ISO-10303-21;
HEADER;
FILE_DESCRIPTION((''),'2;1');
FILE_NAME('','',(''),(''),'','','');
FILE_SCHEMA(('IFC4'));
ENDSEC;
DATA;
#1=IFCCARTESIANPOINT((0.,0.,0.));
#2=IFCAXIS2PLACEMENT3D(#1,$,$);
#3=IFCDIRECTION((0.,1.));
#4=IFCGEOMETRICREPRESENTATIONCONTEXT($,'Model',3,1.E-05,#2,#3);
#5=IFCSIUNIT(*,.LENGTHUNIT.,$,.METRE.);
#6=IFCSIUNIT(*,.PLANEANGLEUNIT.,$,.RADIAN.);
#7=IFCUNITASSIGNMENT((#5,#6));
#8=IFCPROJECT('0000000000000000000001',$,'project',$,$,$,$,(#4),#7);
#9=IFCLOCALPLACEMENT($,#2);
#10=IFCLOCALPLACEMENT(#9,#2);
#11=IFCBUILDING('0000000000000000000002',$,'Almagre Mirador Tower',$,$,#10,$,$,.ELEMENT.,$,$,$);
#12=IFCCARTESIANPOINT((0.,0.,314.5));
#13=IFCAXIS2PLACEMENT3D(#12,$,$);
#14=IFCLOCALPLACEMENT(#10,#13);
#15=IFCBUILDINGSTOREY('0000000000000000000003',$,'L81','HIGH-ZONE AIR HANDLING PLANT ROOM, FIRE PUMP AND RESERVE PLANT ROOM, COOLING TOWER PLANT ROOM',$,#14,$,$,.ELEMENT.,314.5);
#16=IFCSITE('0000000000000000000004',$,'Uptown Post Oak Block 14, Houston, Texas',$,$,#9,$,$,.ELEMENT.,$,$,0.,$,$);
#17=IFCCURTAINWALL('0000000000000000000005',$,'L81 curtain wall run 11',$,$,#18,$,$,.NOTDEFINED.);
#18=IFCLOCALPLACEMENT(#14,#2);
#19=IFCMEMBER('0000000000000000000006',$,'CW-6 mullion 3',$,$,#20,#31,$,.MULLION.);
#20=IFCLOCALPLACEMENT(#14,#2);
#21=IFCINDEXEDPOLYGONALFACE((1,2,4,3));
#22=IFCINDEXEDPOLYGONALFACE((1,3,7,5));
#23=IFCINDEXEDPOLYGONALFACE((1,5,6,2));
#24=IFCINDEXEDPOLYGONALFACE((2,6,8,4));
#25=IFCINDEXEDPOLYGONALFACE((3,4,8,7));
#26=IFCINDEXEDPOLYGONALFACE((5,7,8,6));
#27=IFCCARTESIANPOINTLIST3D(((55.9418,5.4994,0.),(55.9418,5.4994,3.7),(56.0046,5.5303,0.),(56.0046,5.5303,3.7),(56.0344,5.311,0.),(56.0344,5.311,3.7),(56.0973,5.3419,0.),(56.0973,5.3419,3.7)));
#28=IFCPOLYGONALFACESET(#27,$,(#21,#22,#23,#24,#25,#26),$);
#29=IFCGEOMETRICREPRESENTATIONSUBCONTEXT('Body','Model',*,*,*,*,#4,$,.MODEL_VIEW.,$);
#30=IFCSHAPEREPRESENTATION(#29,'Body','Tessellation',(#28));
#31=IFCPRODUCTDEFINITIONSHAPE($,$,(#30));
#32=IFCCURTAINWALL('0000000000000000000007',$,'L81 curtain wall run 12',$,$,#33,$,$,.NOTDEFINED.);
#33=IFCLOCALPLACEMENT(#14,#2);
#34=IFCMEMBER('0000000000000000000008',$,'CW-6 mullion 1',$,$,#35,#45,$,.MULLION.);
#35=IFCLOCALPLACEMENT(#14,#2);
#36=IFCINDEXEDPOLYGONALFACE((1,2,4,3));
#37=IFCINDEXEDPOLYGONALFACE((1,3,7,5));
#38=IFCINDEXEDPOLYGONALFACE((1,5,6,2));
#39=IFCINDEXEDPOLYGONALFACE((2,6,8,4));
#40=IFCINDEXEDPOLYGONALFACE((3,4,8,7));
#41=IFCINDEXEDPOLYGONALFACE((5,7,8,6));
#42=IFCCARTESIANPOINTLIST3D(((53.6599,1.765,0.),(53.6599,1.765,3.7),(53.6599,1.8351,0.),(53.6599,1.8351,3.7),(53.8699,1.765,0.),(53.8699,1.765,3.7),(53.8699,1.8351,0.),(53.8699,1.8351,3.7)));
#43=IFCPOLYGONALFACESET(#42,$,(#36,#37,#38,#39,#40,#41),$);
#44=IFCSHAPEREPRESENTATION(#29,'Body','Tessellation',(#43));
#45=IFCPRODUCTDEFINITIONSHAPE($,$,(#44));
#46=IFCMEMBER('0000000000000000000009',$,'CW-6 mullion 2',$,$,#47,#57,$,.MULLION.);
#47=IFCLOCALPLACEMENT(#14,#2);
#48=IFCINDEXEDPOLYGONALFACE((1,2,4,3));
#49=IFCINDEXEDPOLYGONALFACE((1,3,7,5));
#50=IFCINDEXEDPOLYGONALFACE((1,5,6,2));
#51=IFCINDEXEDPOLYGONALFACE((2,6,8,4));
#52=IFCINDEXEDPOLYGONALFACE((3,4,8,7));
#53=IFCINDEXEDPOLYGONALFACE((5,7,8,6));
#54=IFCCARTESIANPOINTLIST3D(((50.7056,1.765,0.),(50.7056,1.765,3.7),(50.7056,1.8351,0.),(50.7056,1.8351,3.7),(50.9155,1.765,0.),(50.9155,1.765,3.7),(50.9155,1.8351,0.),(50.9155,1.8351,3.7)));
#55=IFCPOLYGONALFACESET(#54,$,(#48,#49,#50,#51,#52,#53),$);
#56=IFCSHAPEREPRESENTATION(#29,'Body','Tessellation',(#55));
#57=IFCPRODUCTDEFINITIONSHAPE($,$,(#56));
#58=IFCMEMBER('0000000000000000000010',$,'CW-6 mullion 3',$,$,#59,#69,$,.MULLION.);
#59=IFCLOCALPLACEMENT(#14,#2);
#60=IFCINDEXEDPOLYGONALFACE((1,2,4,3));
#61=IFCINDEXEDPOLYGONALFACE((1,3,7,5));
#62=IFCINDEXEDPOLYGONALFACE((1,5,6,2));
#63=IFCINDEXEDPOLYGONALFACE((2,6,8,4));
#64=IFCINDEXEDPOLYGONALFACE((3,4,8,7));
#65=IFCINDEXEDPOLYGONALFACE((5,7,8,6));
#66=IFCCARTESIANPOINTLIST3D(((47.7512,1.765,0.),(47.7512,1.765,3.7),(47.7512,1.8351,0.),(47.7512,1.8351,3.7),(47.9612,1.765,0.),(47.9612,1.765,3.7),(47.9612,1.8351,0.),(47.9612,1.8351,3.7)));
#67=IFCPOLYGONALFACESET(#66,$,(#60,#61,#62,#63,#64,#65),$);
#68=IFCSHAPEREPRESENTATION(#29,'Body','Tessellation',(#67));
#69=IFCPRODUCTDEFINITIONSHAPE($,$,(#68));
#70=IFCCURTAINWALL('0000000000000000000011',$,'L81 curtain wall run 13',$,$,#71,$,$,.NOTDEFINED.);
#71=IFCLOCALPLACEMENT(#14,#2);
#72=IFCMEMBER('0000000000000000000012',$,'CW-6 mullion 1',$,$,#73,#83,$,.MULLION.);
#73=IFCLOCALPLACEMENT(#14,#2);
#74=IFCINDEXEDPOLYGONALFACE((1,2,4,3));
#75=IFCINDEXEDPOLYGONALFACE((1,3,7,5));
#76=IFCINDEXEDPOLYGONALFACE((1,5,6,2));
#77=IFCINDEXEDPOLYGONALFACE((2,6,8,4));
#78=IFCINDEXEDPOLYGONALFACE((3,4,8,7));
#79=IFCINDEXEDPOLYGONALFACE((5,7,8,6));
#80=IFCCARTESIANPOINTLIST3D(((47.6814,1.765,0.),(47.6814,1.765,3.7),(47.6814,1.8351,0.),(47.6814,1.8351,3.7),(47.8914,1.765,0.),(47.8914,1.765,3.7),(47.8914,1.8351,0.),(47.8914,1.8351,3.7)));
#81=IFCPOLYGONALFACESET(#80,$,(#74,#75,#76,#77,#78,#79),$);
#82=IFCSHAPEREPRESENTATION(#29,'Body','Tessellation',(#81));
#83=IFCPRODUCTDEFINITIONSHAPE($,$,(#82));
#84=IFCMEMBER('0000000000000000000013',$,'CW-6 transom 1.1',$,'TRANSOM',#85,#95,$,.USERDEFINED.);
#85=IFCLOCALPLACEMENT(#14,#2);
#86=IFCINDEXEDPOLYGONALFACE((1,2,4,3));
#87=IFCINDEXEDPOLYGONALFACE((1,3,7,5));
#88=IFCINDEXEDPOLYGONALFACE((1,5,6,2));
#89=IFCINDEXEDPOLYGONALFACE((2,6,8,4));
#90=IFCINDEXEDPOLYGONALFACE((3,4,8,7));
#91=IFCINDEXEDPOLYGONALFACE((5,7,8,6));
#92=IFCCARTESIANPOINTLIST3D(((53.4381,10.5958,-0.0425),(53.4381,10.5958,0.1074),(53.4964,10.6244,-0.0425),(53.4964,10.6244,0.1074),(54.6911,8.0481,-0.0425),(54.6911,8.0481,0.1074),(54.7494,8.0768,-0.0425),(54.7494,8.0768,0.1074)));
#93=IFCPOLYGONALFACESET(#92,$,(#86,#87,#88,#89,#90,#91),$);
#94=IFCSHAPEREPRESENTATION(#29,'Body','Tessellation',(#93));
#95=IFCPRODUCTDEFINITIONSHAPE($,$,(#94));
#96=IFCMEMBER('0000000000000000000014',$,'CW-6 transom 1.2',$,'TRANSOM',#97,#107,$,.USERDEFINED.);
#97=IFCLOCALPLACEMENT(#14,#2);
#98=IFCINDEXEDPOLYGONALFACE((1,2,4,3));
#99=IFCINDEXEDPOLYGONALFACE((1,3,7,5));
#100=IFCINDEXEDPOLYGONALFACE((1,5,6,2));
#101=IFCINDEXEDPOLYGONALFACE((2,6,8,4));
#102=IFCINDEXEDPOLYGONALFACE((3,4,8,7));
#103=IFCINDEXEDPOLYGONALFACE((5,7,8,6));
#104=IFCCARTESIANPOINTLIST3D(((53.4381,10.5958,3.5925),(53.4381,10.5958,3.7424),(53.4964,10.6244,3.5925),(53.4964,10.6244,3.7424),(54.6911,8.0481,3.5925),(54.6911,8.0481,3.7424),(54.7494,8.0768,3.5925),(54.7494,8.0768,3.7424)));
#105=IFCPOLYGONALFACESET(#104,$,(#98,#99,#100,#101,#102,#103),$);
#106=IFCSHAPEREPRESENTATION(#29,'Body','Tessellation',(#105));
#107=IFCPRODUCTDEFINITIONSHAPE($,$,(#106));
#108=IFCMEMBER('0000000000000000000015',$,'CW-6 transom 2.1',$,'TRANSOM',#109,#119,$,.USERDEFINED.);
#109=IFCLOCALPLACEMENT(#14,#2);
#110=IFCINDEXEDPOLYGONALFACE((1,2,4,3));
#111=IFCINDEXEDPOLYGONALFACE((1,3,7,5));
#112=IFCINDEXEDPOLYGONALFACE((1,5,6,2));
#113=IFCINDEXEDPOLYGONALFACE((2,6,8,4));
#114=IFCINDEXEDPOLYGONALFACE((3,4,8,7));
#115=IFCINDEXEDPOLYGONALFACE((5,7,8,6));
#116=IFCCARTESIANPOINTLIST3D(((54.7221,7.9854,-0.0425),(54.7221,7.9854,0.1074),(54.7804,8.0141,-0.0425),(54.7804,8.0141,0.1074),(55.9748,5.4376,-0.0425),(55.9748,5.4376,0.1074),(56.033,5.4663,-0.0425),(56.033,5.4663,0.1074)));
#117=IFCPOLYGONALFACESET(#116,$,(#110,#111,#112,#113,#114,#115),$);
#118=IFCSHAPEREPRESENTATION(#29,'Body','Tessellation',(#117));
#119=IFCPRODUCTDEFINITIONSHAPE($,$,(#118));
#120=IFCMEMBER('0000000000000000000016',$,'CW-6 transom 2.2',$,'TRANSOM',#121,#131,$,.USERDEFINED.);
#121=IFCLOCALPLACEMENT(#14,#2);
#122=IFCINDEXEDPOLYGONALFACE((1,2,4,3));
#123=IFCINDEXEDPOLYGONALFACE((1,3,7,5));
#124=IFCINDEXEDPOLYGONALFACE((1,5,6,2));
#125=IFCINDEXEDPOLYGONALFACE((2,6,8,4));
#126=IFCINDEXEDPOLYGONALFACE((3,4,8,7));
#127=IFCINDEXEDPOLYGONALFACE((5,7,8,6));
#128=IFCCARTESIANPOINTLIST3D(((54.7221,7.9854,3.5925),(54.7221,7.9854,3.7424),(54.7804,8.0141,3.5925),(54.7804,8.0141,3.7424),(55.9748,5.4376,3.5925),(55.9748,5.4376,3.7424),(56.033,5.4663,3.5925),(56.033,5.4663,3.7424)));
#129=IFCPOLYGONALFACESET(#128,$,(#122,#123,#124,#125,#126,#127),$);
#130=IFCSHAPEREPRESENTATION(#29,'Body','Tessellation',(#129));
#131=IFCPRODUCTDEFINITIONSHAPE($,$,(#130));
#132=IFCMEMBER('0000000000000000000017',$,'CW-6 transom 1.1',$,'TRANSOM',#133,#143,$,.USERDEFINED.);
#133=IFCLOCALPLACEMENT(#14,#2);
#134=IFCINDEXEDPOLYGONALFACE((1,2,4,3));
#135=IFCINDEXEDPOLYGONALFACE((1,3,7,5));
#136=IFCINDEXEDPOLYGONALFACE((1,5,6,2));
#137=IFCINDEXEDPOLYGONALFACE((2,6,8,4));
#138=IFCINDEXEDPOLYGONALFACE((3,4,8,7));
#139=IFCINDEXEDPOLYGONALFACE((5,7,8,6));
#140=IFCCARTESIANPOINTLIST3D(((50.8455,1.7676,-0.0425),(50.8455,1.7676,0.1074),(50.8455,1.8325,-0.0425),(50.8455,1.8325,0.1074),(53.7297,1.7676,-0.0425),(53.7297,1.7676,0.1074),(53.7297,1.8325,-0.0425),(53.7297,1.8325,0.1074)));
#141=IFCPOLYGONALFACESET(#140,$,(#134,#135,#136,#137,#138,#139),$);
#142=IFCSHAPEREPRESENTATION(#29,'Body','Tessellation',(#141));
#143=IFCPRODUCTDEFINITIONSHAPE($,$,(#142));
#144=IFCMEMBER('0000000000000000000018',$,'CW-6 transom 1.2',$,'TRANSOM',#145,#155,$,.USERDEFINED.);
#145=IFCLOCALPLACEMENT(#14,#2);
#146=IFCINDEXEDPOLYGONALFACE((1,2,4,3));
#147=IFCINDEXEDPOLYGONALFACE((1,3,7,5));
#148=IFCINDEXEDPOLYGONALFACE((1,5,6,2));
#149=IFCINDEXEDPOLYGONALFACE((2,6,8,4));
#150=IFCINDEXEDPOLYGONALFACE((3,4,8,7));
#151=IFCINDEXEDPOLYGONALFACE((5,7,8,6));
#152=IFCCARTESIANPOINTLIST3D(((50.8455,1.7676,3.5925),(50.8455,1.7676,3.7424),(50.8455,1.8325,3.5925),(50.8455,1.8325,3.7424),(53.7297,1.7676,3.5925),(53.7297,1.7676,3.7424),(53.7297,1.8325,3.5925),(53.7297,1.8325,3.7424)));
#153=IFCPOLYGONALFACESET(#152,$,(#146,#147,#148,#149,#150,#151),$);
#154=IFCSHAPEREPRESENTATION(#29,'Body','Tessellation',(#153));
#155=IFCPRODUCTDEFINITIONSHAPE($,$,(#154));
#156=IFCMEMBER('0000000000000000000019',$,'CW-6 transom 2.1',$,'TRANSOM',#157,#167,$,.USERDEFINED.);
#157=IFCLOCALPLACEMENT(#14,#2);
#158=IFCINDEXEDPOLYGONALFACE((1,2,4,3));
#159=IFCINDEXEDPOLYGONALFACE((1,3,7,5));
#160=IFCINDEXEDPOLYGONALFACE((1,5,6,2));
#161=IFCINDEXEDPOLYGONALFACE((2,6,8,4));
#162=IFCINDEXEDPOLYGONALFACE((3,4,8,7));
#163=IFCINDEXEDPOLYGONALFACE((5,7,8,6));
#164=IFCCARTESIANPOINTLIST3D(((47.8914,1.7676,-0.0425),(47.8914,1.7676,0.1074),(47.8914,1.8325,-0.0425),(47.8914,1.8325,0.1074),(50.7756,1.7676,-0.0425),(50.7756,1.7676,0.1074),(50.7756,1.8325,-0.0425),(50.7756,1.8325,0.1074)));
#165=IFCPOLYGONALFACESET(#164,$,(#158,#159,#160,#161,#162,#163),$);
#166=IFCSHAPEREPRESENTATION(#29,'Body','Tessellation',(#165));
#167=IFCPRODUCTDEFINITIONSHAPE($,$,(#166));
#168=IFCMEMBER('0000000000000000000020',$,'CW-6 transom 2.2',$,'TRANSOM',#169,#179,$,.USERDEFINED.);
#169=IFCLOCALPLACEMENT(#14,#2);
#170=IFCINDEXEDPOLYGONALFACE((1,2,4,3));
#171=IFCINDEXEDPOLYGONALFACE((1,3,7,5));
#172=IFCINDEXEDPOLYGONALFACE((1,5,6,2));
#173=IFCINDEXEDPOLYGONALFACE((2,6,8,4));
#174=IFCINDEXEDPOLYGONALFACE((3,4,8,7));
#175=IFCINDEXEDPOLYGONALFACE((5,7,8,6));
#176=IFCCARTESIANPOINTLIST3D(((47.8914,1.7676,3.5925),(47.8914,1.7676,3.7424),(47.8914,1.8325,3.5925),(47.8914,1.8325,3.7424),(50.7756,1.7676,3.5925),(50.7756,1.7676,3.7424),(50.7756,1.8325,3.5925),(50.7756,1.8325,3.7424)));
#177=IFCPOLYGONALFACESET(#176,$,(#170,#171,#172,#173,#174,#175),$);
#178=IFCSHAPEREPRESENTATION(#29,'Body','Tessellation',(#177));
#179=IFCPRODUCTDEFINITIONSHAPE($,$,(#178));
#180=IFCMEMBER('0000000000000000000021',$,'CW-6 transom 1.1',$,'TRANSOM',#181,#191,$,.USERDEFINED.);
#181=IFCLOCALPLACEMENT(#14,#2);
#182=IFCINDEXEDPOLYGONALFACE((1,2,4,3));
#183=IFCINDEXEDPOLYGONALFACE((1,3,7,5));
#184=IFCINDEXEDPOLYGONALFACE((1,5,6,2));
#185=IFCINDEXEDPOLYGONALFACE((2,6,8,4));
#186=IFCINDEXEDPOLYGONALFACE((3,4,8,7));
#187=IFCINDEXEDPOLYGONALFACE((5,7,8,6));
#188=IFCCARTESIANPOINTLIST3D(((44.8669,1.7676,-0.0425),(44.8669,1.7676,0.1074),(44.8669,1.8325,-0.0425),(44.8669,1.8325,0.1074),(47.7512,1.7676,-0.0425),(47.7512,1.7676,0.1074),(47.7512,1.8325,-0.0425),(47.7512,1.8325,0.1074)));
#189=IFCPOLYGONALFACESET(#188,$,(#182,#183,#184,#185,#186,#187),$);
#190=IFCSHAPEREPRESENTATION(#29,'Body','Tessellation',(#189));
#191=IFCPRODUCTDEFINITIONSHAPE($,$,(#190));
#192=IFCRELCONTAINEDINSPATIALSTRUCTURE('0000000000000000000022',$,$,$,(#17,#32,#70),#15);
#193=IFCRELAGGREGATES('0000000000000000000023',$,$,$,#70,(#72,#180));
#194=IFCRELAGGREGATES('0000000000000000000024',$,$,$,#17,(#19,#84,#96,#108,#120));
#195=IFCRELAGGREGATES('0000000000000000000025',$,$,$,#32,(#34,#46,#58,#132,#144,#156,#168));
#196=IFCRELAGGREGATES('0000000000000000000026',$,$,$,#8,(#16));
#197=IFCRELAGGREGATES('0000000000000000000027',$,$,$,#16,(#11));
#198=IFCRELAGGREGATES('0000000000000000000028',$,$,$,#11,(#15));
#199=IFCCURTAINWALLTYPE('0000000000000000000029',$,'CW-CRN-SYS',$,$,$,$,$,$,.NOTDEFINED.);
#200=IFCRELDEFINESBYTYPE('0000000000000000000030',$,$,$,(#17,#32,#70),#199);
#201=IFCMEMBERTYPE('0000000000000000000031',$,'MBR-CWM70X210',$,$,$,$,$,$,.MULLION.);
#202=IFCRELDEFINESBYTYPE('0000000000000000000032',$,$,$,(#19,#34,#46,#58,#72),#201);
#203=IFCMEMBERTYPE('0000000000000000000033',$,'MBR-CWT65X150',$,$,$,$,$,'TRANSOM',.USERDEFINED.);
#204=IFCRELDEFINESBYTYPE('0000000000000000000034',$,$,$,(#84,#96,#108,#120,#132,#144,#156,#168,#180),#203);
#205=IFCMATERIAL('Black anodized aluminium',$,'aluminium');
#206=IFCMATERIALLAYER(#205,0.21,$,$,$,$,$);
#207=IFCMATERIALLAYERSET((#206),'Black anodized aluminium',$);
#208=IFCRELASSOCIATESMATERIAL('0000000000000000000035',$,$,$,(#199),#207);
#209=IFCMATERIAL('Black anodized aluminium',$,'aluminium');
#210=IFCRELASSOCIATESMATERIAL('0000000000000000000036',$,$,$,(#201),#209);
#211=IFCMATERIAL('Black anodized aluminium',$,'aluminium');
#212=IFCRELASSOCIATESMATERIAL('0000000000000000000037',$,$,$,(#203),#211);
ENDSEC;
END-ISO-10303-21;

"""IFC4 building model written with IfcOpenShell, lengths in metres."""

from ifc_helpers import new_model, si_unit, direction, frame, origin, origin_2d, place, context, subcontext, project, spatial, rectangle, extrude, material, layer, layer_set, material_profile, profile_set, type_object, element, aggregate, save


model = new_model("IFC4")

# Units and contexts
model_context = context("Model", 3, precision=1e-05, world=origin(), true_north=direction((0.0, 1.0)))
body_context = subcontext(model_context, "Body", "Model", "MODEL_VIEW")
ifc_project = project(units=[si_unit("LENGTHUNIT", "METRE"), si_unit("PLANEANGLEUNIT", "RADIAN")], contexts=[model_context])

# Site, building, storey
site_placement = place(None, origin())
site = spatial("IfcSite", under=ifc_project, at=site_placement, Name="Uptown Post Oak Block 14, Houston, Texas", CompositionType="ELEMENT", RefElevation=0.0)
building_placement = place(site_placement, origin())
building = spatial("IfcBuilding", under=site, at=building_placement, Name="Almagre Mirador Tower", CompositionType="ELEMENT")
storey_placement = place(building_placement, frame((0.0, 0.0, 314.5)))
storey = spatial("IfcBuildingStorey", under=building, at=storey_placement, Name="L81", Description="HIGH-ZONE AIR HANDLING PLANT ROOM, FIRE PUMP AND RESERVE PLANT ROOM, COOLING TOWER PLANT ROOM", CompositionType="ELEMENT", Elevation=314.5)

# Shared definitions
ifc_material_1 = material(Name="Black anodized aluminium", Category="aluminium")
ifc_layer_1 = layer(ifc_material_1, 0.21)
ifc_layer_set_1 = layer_set([ifc_layer_1], Name="Black anodized aluminium")
curtain_wall_type = type_object("IfcCurtainWallType", Name="CW-CRN-SYS", PredefinedType="NOTDEFINED", material=ifc_layer_set_1)
ifc_material_2 = material(Name="Black anodized aluminium", Category="aluminium")
ifc_material_profile_1 = material_profile(ifc_material_2, rectangle(XDim=0.0701, YDim=0.21, at=origin_2d()), Name="CWM70X210")
ifc_profile_set_1 = profile_set([ifc_material_profile_1], Name="Black anodized aluminium")
member_type_1 = type_object("IfcMemberType", Name="MBR-CWM70X210", PredefinedType="MULLION", material=ifc_profile_set_1)

# Curtain walls, members
curtain_wall_1_placement = place(storey_placement, origin())
curtain_wall_1 = element("IfcCurtainWall", 1, at=curtain_wall_1_placement, inside=storey, type_object=curtain_wall_type, Name="L81 curtain wall run 11", PredefinedType="NOTDEFINED")
member_1_placement = place(storey_placement, frame((56.0195, 5.4207, 0.0), z_axis=(0.0, 0.0, 1.0), x_axis=(0.897363, 0.441294, 0.0)))
member_1 = element("IfcMember", 2, at=member_1_placement, type_object=member_type_1, Name="CW-6 mullion 3", PredefinedType="MULLION", context=body_context, shape_type="SweptSolid", body=[
    extrude(rectangle(XDim=0.0701, YDim=0.21, at=origin_2d()), origin(), (0.0, 0.0, 1.0), 3.7),
])
curtain_wall_2_placement = place(storey_placement, origin())
curtain_wall_2 = element("IfcCurtainWall", 3, at=curtain_wall_2_placement, inside=storey, type_object=curtain_wall_type, Name="L81 curtain wall run 12", PredefinedType="NOTDEFINED")
member_2_placement = place(storey_placement, frame((53.7649, 1.8, 0.0), z_axis=(0.0, 0.0, 1.0), x_axis=(0.0, -1.0, 0.0)))
member_2 = element("IfcMember", 4, at=member_2_placement, type_object=member_type_1, Name="CW-6 mullion 1", PredefinedType="MULLION", context=body_context, shape_type="SweptSolid", body=[
    extrude(rectangle(XDim=0.0701, YDim=0.21, at=origin_2d()), origin(), (0.0, 0.0, 1.0), 3.7),
])
member_3_placement = place(storey_placement, frame((50.8105, 1.8, 0.0), z_axis=(0.0, 0.0, 1.0), x_axis=(0.0, -1.0, 0.0)))
member_3 = element("IfcMember", 5, at=member_3_placement, type_object=member_type_1, Name="CW-6 mullion 2", PredefinedType="MULLION", context=body_context, shape_type="SweptSolid", body=[
    extrude(rectangle(XDim=0.0701, YDim=0.21, at=origin_2d()), origin(), (0.0, 0.0, 1.0), 3.7),
])
member_4_placement = place(storey_placement, frame((47.8562, 1.8, 0.0), z_axis=(0.0, 0.0, 1.0), x_axis=(0.0, -1.0, 0.0)))
member_4 = element("IfcMember", 6, at=member_4_placement, type_object=member_type_1, Name="CW-6 mullion 3", PredefinedType="MULLION", context=body_context, shape_type="SweptSolid", body=[
    extrude(rectangle(XDim=0.0701, YDim=0.21, at=origin_2d()), origin(), (0.0, 0.0, 1.0), 3.7),
])

# Curtain wall, member
curtain_wall_3_placement = place(storey_placement, origin())
curtain_wall_3 = element("IfcCurtainWall", 7, at=curtain_wall_3_placement, inside=storey, type_object=curtain_wall_type, Name="L81 curtain wall run 13", PredefinedType="NOTDEFINED")
member_5_placement = place(storey_placement, frame((47.7864, 1.8, 0.0), z_axis=(0.0, 0.0, 1.0), x_axis=(0.0, -1.0, 0.0)))
member_5 = element("IfcMember", 8, at=member_5_placement, type_object=member_type_1, Name="CW-6 mullion 1", PredefinedType="MULLION", context=body_context, shape_type="SweptSolid", body=[
    extrude(rectangle(XDim=0.0701, YDim=0.21, at=origin_2d()), origin(), (0.0, 0.0, 1.0), 3.7),
])

# Members
ifc_material_3 = material(Name="Black anodized aluminium", Category="aluminium")
ifc_material_profile_2 = material_profile(ifc_material_3, rectangle(XDim=0.0649, YDim=0.1499, at=origin_2d()), Name="CWT65X150")
ifc_profile_set_2 = profile_set([ifc_material_profile_2], Name="Black anodized aluminium")
member_type_2 = type_object("IfcMemberType", Name="MBR-CWT65X150", ElementType="TRANSOM", PredefinedType="USERDEFINED", material=ifc_profile_set_2)
member_6_placement = place(storey_placement, frame((53.4673, 10.6101, 0.0325), z_axis=(0.441322, -0.897349, 0.0), x_axis=(0.897349, 0.441322, 0.0)))
member_6 = element("IfcMember", 9, at=member_6_placement, type_object=member_type_2, Name="CW-6 transom 1.1", ObjectType="TRANSOM", PredefinedType="USERDEFINED", context=body_context, shape_type="SweptSolid", body=[
    extrude(rectangle(XDim=0.0649, YDim=0.1499, at=origin_2d()), origin(), (0.0, 0.0, 1.0), 2.8391),
])
member_7_placement = place(storey_placement, frame((53.4673, 10.6101, 3.6675), z_axis=(0.441322, -0.897349, 0.0), x_axis=(0.897349, 0.441322, 0.0)))
member_7 = element("IfcMember", 10, at=member_7_placement, type_object=member_type_2, Name="CW-6 transom 1.2", ObjectType="TRANSOM", PredefinedType="USERDEFINED", context=body_context, shape_type="SweptSolid", body=[
    extrude(rectangle(XDim=0.0649, YDim=0.1499, at=origin_2d()), origin(), (0.0, 0.0, 1.0), 2.8391),
])
member_8_placement = place(storey_placement, frame((54.7512, 7.9998, 0.0325), z_axis=(0.441219, -0.8974, 0.0), x_axis=(0.8974, 0.441219, 0.0)))
member_8 = element("IfcMember", 11, at=member_8_placement, type_object=member_type_2, Name="CW-6 transom 2.1", ObjectType="TRANSOM", PredefinedType="USERDEFINED", context=body_context, shape_type="SweptSolid", body=[
    extrude(rectangle(XDim=0.0649, YDim=0.1499, at=origin_2d()), origin(), (0.0, 0.0, 1.0), 2.8391),
])
member_9_placement = place(storey_placement, frame((54.7512, 7.9998, 3.6675), z_axis=(0.441219, -0.8974, 0.0), x_axis=(0.8974, 0.441219, 0.0)))
member_9 = element("IfcMember", 12, at=member_9_placement, type_object=member_type_2, Name="CW-6 transom 2.2", ObjectType="TRANSOM", PredefinedType="USERDEFINED", context=body_context, shape_type="SweptSolid", body=[
    extrude(rectangle(XDim=0.0649, YDim=0.1499, at=origin_2d()), origin(), (0.0, 0.0, 1.0), 2.8391),
])
member_10_placement = place(storey_placement, frame((53.7297, 1.8, 0.0325), z_axis=(-1.0, 0.0, 0.0), x_axis=(0.0, -1.0, 0.0)))
member_10 = element("IfcMember", 13, at=member_10_placement, type_object=member_type_2, Name="CW-6 transom 1.1", ObjectType="TRANSOM", PredefinedType="USERDEFINED", context=body_context, shape_type="SweptSolid", body=[
    extrude(rectangle(XDim=0.0649, YDim=0.1499, at=origin_2d()), origin(), (0.0, 0.0, 1.0), 2.8843),
])
member_11_placement = place(storey_placement, frame((53.7297, 1.8, 3.6675), z_axis=(-1.0, 0.0, 0.0), x_axis=(0.0, -1.0, 0.0)))
member_11 = element("IfcMember", 14, at=member_11_placement, type_object=member_type_2, Name="CW-6 transom 1.2", ObjectType="TRANSOM", PredefinedType="USERDEFINED", context=body_context, shape_type="SweptSolid", body=[
    extrude(rectangle(XDim=0.0649, YDim=0.1499, at=origin_2d()), origin(), (0.0, 0.0, 1.0), 2.8843),
])
member_12_placement = place(storey_placement, frame((50.7756, 1.8, 0.0325), z_axis=(-1.0, 0.0, 0.0), x_axis=(0.0, -1.0, 0.0)))
member_12 = element("IfcMember", 15, at=member_12_placement, type_object=member_type_2, Name="CW-6 transom 2.1", ObjectType="TRANSOM", PredefinedType="USERDEFINED", context=body_context, shape_type="SweptSolid", body=[
    extrude(rectangle(XDim=0.0649, YDim=0.1499, at=origin_2d()), origin(), (0.0, 0.0, 1.0), 2.8843),
])
member_13_placement = place(storey_placement, frame((50.7756, 1.8, 3.6675), z_axis=(-1.0, 0.0, 0.0), x_axis=(0.0, -1.0, 0.0)))
member_13 = element("IfcMember", 16, at=member_13_placement, type_object=member_type_2, Name="CW-6 transom 2.2", ObjectType="TRANSOM", PredefinedType="USERDEFINED", context=body_context, shape_type="SweptSolid", body=[
    extrude(rectangle(XDim=0.0649, YDim=0.1499, at=origin_2d()), origin(), (0.0, 0.0, 1.0), 2.8843),
])
member_14_placement = place(storey_placement, frame((47.7512, 1.8, 0.0325), z_axis=(-1.0, 0.0, 0.0), x_axis=(0.0, -1.0, 0.0)))
member_14 = element("IfcMember", 17, at=member_14_placement, type_object=member_type_2, Name="CW-6 transom 1.1", ObjectType="TRANSOM", PredefinedType="USERDEFINED", context=body_context, shape_type="SweptSolid", body=[
    extrude(rectangle(XDim=0.0649, YDim=0.1499, at=origin_2d()), origin(), (0.0, 0.0, 1.0), 2.8843),
])
aggregate(curtain_wall_3, [member_5, member_14])

aggregate(curtain_wall_1, [member_1, member_6, member_7, member_8, member_9])
aggregate(curtain_wall_2, [member_2, member_3, member_4, member_10, member_11, member_12, member_13])

save(model, "model.ifc")
